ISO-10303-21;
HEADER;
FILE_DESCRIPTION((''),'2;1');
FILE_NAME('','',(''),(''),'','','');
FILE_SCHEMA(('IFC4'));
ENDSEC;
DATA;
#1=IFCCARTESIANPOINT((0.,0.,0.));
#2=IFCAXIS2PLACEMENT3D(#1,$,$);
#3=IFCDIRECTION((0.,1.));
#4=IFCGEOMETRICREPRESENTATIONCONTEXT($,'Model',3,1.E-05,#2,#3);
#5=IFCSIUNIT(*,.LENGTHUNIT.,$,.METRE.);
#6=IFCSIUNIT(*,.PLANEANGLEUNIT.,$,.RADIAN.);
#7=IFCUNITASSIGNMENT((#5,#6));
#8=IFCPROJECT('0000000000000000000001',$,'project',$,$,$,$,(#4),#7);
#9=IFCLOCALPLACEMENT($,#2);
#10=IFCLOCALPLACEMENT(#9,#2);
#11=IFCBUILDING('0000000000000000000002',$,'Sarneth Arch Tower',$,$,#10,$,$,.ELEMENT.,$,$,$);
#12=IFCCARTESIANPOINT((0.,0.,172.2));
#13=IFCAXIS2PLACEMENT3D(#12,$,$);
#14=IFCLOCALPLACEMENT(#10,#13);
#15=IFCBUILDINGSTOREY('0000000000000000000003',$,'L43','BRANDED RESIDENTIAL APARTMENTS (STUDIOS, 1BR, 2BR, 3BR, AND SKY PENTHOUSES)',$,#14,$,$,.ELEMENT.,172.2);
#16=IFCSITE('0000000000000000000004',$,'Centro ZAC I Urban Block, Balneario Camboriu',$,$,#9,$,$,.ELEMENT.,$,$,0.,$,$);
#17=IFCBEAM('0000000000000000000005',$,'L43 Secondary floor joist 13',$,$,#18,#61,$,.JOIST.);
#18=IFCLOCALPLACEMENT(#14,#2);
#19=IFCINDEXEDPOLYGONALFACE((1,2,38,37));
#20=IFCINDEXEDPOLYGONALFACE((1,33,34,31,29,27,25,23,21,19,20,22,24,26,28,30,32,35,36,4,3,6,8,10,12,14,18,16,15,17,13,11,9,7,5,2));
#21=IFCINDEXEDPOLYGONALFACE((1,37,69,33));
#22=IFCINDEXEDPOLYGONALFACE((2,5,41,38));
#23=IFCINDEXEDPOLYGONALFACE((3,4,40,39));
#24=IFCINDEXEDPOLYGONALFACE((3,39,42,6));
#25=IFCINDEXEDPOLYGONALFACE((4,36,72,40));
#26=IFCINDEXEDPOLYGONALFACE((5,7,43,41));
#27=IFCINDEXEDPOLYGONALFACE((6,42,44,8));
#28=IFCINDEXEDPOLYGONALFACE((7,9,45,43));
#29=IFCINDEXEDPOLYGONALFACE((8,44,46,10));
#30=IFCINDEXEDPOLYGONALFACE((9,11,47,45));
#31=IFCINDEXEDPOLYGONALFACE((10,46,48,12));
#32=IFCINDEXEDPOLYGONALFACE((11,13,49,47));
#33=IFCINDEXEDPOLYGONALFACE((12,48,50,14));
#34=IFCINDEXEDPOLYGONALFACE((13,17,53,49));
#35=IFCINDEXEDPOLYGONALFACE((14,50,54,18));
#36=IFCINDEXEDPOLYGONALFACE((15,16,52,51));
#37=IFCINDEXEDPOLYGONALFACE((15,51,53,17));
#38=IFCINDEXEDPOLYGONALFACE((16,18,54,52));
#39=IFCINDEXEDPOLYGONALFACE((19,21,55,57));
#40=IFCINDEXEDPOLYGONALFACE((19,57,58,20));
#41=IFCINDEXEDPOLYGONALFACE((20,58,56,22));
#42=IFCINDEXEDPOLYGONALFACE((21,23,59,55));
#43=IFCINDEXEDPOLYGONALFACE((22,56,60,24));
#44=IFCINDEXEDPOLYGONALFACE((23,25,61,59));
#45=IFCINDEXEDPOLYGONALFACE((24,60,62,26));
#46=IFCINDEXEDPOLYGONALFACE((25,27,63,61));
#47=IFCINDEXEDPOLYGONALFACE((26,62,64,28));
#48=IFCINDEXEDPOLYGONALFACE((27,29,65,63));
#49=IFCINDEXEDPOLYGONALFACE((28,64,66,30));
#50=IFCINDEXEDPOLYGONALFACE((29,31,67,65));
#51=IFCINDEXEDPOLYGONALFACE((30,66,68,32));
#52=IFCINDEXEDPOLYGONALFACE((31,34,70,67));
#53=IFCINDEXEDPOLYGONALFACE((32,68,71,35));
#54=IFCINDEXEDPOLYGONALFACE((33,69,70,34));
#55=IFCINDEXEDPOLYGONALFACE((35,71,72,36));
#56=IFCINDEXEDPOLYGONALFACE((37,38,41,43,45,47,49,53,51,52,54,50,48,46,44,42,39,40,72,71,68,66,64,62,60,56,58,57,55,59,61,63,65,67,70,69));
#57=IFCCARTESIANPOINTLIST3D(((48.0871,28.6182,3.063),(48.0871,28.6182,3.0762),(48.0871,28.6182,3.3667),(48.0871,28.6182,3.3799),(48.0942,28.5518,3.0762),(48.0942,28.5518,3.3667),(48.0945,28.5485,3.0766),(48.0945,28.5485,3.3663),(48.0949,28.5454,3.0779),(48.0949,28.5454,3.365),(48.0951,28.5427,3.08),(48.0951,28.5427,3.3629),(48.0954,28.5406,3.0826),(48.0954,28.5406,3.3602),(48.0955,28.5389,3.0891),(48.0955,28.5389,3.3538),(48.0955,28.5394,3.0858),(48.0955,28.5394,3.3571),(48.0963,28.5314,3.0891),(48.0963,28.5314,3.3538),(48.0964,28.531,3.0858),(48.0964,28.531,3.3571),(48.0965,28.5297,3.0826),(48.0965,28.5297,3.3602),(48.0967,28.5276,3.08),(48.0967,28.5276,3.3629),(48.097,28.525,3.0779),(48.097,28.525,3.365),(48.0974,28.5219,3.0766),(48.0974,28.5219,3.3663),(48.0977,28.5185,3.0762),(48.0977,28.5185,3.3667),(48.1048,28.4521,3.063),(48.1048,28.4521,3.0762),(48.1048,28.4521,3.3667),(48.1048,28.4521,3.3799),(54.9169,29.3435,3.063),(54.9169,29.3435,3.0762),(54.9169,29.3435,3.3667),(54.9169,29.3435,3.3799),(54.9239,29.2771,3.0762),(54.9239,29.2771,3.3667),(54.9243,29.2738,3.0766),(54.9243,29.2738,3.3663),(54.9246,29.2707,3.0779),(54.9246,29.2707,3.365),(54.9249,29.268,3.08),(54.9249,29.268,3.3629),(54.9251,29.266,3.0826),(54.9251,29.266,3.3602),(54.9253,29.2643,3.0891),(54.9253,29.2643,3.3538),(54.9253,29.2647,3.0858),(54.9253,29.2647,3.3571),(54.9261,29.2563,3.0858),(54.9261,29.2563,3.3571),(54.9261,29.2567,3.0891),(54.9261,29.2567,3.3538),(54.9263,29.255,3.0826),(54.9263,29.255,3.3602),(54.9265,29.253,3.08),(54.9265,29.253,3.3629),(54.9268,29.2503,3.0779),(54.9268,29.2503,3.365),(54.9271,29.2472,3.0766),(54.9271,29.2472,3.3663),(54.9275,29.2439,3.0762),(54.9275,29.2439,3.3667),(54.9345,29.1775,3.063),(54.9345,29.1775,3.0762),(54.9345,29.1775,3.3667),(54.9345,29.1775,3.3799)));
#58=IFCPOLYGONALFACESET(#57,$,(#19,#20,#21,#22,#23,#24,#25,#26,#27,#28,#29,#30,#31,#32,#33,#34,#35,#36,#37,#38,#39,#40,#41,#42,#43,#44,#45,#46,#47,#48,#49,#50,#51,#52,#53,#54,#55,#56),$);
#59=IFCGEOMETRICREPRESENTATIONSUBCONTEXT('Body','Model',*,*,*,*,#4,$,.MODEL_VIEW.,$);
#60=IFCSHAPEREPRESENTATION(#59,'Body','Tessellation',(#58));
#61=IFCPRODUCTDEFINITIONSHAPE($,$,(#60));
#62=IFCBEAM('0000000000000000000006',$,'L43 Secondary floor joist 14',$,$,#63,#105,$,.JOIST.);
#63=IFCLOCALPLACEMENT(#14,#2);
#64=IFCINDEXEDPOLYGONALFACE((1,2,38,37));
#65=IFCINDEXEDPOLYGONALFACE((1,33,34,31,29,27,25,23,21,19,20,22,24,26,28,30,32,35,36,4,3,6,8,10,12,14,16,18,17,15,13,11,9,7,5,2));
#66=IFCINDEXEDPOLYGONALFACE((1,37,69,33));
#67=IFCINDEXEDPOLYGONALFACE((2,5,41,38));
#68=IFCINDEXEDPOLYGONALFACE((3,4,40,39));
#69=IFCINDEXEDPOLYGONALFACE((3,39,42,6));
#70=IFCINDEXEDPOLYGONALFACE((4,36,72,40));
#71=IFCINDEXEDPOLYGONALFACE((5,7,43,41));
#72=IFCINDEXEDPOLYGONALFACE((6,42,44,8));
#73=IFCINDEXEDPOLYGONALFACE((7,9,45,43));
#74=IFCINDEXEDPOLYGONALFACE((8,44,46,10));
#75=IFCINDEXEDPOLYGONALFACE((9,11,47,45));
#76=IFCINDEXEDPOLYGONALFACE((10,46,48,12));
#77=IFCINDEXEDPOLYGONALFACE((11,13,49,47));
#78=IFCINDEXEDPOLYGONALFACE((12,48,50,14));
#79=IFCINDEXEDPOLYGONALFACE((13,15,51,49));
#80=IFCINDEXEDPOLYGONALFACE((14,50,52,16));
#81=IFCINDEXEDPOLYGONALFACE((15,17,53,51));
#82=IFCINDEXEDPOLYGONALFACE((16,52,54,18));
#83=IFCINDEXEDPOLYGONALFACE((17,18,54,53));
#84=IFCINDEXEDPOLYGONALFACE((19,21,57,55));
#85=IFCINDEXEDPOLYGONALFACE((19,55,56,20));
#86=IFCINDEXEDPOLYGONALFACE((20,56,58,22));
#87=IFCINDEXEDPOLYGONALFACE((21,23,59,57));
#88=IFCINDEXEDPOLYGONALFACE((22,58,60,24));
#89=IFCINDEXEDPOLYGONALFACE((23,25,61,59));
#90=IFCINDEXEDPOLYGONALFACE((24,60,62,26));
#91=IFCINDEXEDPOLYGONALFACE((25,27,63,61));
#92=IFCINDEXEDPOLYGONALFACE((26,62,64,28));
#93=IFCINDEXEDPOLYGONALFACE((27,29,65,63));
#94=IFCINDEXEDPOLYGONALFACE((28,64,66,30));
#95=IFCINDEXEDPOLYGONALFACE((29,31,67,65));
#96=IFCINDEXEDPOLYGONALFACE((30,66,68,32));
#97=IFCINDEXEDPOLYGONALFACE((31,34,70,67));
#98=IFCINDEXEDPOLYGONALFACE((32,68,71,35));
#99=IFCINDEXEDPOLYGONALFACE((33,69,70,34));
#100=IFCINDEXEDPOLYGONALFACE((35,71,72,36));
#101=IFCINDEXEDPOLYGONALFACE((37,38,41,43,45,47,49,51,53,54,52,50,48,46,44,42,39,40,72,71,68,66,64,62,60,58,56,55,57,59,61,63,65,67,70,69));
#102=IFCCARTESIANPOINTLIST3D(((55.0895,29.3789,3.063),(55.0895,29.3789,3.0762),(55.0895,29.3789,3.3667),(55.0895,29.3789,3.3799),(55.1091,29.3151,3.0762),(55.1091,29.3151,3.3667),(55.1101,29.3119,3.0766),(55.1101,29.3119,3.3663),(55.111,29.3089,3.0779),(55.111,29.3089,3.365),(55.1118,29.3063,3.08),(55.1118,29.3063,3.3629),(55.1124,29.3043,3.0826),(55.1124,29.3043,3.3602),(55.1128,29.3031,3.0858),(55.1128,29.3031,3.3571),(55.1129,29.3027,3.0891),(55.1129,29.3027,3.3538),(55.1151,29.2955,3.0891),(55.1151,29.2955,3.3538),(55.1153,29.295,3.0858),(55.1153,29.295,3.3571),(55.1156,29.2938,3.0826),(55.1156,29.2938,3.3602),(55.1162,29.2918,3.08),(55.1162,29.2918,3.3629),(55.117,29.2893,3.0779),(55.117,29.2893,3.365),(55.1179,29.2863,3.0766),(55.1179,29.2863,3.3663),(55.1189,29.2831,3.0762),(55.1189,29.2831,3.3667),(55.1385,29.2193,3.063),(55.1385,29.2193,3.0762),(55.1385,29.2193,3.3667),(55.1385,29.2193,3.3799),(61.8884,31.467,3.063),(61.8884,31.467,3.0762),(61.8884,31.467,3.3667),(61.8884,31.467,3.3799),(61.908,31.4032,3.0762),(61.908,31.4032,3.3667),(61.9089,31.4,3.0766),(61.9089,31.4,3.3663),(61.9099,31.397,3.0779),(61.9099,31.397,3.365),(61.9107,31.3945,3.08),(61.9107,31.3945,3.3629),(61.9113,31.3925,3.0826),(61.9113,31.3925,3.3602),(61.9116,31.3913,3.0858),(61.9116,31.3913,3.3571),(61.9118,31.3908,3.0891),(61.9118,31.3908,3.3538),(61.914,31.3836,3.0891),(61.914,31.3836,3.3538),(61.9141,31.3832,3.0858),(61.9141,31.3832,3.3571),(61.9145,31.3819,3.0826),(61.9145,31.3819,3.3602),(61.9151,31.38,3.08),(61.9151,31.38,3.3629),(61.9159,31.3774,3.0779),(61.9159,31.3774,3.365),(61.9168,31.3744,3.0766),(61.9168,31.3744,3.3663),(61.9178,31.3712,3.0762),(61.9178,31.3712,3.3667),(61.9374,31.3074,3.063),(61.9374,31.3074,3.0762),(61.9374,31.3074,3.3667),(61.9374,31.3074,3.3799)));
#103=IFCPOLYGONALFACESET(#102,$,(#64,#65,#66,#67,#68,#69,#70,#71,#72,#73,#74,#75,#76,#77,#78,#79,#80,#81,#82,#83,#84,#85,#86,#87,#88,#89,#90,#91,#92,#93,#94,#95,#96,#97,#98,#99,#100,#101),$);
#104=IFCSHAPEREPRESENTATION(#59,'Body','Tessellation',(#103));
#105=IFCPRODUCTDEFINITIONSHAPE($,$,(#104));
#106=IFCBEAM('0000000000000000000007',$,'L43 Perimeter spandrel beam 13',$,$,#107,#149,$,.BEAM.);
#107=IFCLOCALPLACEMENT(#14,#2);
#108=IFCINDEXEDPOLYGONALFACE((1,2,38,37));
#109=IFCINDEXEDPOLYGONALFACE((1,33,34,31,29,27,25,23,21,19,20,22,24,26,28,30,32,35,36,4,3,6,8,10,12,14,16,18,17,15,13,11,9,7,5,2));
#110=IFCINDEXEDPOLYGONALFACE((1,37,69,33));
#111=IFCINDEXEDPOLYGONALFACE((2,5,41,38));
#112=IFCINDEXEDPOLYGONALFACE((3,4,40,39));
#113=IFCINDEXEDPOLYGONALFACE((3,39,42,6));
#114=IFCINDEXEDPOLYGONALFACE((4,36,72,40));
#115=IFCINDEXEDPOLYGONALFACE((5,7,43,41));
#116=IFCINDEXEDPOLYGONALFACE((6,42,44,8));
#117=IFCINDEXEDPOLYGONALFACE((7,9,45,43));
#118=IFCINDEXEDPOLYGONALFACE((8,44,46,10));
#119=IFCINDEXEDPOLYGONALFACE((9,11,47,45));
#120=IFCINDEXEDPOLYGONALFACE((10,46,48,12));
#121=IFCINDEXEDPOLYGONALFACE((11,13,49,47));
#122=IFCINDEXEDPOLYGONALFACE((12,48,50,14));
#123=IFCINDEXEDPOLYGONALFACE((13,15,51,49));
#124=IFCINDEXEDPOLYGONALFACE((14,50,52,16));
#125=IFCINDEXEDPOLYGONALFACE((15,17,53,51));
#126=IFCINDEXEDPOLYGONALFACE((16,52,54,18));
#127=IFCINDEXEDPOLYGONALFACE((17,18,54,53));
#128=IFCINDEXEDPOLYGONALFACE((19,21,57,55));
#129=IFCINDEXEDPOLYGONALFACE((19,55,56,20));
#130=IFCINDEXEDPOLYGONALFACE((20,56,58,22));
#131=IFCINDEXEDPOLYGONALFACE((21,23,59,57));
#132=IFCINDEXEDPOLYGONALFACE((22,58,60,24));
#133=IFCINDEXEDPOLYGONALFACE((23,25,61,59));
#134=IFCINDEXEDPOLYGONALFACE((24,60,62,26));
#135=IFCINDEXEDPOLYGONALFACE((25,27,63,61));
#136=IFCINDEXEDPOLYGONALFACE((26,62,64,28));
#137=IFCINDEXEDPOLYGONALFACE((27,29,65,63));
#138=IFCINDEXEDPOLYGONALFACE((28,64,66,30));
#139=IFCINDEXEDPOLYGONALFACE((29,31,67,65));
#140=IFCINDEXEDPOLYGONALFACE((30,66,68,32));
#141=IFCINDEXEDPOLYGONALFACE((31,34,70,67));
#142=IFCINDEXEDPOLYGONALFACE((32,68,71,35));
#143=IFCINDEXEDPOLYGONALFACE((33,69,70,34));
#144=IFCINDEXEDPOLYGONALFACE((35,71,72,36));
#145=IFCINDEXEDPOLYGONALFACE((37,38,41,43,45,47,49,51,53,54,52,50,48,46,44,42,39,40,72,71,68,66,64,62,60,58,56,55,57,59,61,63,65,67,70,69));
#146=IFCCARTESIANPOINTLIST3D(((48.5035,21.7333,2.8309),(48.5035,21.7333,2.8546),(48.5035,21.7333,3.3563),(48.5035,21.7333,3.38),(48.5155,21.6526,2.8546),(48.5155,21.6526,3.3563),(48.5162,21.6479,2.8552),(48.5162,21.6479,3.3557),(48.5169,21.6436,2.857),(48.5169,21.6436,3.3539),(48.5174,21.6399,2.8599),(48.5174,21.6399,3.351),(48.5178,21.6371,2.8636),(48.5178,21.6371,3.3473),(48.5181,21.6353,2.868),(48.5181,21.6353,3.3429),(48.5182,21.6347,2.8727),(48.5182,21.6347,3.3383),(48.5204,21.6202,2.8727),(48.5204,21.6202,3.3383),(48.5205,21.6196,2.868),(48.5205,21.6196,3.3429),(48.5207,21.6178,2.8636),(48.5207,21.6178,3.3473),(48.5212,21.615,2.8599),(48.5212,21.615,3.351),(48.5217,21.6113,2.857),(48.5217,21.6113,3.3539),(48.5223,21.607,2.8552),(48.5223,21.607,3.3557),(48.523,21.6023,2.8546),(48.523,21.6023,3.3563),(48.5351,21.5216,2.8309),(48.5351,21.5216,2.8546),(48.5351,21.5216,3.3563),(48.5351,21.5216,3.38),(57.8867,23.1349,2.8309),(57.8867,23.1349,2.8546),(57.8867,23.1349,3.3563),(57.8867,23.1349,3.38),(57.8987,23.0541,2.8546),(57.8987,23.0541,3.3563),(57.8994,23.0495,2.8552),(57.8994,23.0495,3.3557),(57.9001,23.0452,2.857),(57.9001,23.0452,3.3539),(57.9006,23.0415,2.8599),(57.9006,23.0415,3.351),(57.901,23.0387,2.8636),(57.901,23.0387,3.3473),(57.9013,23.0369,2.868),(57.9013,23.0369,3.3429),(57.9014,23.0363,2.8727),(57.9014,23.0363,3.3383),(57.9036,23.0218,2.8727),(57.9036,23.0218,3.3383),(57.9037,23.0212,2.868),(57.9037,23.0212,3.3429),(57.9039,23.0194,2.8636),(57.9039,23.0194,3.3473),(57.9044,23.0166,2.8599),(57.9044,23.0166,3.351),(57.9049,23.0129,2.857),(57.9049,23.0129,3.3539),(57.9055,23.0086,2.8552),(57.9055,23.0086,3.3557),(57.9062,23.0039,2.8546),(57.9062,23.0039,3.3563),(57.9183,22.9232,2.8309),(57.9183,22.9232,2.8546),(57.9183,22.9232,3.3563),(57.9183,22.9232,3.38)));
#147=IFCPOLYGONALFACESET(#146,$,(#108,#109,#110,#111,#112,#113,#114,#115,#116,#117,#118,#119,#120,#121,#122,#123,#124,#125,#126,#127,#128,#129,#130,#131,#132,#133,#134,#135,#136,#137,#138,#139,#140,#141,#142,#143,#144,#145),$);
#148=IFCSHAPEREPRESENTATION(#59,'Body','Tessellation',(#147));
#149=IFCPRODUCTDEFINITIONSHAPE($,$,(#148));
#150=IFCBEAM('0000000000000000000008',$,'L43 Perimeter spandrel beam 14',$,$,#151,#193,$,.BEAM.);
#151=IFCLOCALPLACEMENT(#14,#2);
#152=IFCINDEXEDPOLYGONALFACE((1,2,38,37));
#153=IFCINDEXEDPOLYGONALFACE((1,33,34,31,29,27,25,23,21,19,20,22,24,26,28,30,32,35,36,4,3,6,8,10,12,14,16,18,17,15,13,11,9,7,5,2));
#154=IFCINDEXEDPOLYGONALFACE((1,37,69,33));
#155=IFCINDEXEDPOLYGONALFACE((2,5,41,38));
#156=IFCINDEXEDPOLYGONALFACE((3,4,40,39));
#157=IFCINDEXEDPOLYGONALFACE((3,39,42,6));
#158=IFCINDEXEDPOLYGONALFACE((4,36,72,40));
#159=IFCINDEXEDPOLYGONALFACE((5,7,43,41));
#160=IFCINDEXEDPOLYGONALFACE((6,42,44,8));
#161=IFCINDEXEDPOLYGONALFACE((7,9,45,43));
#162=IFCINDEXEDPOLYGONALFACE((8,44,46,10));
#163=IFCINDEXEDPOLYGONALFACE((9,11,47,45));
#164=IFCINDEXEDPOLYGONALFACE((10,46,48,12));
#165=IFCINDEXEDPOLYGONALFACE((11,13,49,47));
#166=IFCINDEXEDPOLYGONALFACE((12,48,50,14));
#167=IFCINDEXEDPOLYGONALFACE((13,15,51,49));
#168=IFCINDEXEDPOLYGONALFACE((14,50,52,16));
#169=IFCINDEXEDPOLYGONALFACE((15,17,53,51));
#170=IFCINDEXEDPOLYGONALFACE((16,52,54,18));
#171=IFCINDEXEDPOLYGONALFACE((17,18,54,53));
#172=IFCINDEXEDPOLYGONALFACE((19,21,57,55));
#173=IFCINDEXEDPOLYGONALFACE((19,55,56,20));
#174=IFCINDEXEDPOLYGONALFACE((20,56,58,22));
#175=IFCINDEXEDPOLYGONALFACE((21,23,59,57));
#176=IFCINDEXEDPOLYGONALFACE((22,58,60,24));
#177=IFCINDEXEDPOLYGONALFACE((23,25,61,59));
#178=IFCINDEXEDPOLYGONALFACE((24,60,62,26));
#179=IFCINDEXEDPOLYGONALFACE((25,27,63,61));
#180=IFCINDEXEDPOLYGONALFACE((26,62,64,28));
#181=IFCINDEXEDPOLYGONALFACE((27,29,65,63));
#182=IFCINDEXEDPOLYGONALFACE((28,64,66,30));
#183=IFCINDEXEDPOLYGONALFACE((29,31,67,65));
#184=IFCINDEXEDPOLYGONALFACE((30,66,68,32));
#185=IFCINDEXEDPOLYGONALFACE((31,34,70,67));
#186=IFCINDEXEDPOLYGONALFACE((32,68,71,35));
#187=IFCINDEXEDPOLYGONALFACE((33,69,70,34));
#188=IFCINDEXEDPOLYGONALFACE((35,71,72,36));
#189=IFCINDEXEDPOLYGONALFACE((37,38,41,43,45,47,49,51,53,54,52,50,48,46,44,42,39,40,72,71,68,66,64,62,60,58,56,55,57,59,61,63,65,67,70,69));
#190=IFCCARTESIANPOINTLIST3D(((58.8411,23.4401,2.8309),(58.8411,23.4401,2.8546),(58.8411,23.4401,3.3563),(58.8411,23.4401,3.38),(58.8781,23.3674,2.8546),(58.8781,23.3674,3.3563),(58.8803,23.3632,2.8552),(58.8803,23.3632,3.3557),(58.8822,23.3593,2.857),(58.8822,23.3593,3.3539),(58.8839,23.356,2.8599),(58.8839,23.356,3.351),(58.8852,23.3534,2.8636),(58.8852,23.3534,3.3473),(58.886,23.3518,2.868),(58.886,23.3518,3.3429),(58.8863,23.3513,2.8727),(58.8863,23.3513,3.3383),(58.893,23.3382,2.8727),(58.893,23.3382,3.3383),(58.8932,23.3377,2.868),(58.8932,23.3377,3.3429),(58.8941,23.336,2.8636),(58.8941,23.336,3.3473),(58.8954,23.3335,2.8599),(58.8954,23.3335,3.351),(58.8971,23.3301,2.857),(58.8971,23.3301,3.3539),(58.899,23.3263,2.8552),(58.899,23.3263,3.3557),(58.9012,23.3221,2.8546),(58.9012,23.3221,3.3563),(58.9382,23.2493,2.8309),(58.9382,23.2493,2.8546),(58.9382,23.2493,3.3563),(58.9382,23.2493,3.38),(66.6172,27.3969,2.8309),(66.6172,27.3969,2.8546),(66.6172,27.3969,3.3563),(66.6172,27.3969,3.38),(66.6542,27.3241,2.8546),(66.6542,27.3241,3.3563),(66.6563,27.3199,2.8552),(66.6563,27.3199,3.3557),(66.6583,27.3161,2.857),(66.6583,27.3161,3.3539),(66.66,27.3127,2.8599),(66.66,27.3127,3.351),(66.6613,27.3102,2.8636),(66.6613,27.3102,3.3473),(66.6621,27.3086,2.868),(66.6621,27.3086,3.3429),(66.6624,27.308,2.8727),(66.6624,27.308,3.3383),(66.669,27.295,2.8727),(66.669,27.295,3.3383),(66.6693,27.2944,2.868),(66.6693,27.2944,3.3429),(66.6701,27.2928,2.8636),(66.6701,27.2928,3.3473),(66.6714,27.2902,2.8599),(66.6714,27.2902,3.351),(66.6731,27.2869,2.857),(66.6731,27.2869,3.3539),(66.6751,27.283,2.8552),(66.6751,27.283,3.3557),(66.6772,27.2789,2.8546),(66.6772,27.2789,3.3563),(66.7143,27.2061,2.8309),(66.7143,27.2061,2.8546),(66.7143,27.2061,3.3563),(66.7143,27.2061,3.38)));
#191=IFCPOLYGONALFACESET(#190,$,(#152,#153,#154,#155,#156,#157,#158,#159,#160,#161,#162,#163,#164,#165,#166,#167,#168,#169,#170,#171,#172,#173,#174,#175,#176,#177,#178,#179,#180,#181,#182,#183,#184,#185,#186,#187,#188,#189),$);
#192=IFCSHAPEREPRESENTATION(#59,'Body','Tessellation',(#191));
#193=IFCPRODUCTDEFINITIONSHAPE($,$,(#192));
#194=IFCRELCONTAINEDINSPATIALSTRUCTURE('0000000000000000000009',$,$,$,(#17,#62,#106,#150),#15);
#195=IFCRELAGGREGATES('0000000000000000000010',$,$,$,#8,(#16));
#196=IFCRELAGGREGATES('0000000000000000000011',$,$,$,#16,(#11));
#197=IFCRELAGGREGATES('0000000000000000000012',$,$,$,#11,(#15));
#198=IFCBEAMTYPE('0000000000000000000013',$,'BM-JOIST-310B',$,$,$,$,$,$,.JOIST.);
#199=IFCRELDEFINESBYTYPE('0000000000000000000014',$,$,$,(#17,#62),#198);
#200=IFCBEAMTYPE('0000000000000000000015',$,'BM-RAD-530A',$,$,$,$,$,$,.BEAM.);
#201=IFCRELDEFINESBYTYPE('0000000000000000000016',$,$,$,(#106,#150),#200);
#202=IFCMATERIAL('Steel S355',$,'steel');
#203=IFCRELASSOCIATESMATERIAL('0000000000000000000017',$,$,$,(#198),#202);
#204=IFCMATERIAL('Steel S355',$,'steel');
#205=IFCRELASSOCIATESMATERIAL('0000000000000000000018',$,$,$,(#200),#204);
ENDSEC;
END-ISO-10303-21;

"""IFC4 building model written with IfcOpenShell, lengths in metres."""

from ifc_helpers import new_model, si_unit, direction, frame, origin, origin_2d, place, context, subcontext, project, spatial, i_section, extrude, material, material_profile, profile_set, type_object, element, save


model = new_model("IFC4")

# Units and contexts
model_context = context("Model", 3, precision=1e-05, world=origin(), true_north=direction((0.0, 1.0)))
body_context = subcontext(model_context, "Body", "Model", "MODEL_VIEW")
ifc_project = project(units=[si_unit("LENGTHUNIT", "METRE"), si_unit("PLANEANGLEUNIT", "RADIAN")], contexts=[model_context])

# Site, building, storey
site_placement = place(None, origin())
site = spatial("IfcSite", under=ifc_project, at=site_placement, Name="Centro ZAC I Urban Block, Balneario Camboriu", CompositionType="ELEMENT", RefElevation=0.0)
building_placement = place(site_placement, origin())
building = spatial("IfcBuilding", under=site, at=building_placement, Name="Sarneth Arch Tower", CompositionType="ELEMENT")
storey_placement = place(building_placement, frame((0.0, 0.0, 172.2)))
storey = spatial("IfcBuildingStorey", under=building, at=storey_placement, Name="L43", Description="BRANDED RESIDENTIAL APARTMENTS (STUDIOS, 1BR, 2BR, 3BR, AND SKY PENTHOUSES)", CompositionType="ELEMENT", Elevation=172.2)

# Beams
ifc_material_1 = material(Name="Steel S355", Category="steel")
ifc_material_profile_1 = material_profile(ifc_material_1, i_section(OverallWidth=0.167, OverallDepth=0.3169, WebThickness=0.0076, FlangeThickness=0.0132, FilletRadius=0.0129, at=origin_2d()), Name="W310x52")
ifc_profile_set_1 = profile_set([ifc_material_profile_1], Name="Steel S355")
beam_type_1 = type_object("IfcBeamType", Name="BM-JOIST-310B", PredefinedType="JOIST", material=ifc_profile_set_1)
beam_1_placement = place(storey_placement, frame((48.0959, 28.5352, 3.2214), z_axis=(0.994408, 0.105608, 0.0), x_axis=(-0.105608, 0.994408, 0.0)))
element("IfcBeam", 1, at=beam_1_placement, inside=storey, type_object=beam_type_1, Name="L43 Secondary floor joist 13", PredefinedType="JOIST", context=body_context, shape_type="SweptSolid", body=[
    extrude(i_section(OverallWidth=0.167, OverallDepth=0.3169, WebThickness=0.0076, FlangeThickness=0.0132, FilletRadius=0.0129, at=origin_2d()), origin(), (0.0, 0.0, 1.0), 6.8682),
])
beam_2_placement = place(storey_placement, frame((55.114, 29.2991, 3.2214), z_axis=(0.95593, 0.293596, 0.0), x_axis=(-0.293596, 0.95593, 0.0)))
element("IfcBeam", 2, at=beam_2_placement, inside=storey, type_object=beam_type_1, Name="L43 Secondary floor joist 14", PredefinedType="JOIST", context=body_context, shape_type="SweptSolid", body=[
    extrude(i_section(OverallWidth=0.167, OverallDepth=0.3169, WebThickness=0.0076, FlangeThickness=0.0132, FilletRadius=0.0129, at=origin_2d()), origin(), (0.0, 0.0, 1.0), 7.1123),
])
ifc_material_2 = material(Name="Steel S355", Category="steel")
ifc_material_profile_2 = material_profile(ifc_material_2, i_section(OverallWidth=0.2141, OverallDepth=0.5491, WebThickness=0.0146, FlangeThickness=0.0237, FilletRadius=0.0181, at=origin_2d()), Name="W530x138")
ifc_profile_set_2 = profile_set([ifc_material_profile_2], Name="Steel S355")
beam_type_2 = type_object("IfcBeamType", Name="BM-RAD-530A", PredefinedType="BEAM", material=ifc_profile_set_2)
beam_3_placement = place(storey_placement, frame((48.5193, 21.6274, 3.1055), z_axis=(0.989027, 0.147734, 0.0), x_axis=(-0.147734, 0.989027, 0.0)))
element("IfcBeam", 3, at=beam_3_placement, inside=storey, type_object=beam_type_2, Name="L43 Perimeter spandrel beam 13", PredefinedType="BEAM", context=body_context, shape_type="SweptSolid", body=[
    extrude(i_section(OverallWidth=0.2141, OverallDepth=0.5491, WebThickness=0.0146, FlangeThickness=0.0237, FilletRadius=0.0181, at=origin_2d()), origin(), (0.0, 0.0, 1.0), 9.4873),
])
beam_4_placement = place(storey_placement, frame((58.8896, 23.3447, 3.1055), z_axis=(0.891254, 0.453504, 0.0), x_axis=(-0.453504, 0.891254, 0.0)))
element("IfcBeam", 4, at=beam_4_placement, inside=storey, type_object=beam_type_2, Name="L43 Perimeter spandrel beam 14", PredefinedType="BEAM", context=body_context, shape_type="SweptSolid", body=[
    extrude(i_section(OverallWidth=0.2141, OverallDepth=0.5491, WebThickness=0.0146, FlangeThickness=0.0237, FilletRadius=0.0181, at=origin_2d()), origin(), (0.0, 0.0, 1.0), 8.7249),
])

save(model, "model.ifc")
